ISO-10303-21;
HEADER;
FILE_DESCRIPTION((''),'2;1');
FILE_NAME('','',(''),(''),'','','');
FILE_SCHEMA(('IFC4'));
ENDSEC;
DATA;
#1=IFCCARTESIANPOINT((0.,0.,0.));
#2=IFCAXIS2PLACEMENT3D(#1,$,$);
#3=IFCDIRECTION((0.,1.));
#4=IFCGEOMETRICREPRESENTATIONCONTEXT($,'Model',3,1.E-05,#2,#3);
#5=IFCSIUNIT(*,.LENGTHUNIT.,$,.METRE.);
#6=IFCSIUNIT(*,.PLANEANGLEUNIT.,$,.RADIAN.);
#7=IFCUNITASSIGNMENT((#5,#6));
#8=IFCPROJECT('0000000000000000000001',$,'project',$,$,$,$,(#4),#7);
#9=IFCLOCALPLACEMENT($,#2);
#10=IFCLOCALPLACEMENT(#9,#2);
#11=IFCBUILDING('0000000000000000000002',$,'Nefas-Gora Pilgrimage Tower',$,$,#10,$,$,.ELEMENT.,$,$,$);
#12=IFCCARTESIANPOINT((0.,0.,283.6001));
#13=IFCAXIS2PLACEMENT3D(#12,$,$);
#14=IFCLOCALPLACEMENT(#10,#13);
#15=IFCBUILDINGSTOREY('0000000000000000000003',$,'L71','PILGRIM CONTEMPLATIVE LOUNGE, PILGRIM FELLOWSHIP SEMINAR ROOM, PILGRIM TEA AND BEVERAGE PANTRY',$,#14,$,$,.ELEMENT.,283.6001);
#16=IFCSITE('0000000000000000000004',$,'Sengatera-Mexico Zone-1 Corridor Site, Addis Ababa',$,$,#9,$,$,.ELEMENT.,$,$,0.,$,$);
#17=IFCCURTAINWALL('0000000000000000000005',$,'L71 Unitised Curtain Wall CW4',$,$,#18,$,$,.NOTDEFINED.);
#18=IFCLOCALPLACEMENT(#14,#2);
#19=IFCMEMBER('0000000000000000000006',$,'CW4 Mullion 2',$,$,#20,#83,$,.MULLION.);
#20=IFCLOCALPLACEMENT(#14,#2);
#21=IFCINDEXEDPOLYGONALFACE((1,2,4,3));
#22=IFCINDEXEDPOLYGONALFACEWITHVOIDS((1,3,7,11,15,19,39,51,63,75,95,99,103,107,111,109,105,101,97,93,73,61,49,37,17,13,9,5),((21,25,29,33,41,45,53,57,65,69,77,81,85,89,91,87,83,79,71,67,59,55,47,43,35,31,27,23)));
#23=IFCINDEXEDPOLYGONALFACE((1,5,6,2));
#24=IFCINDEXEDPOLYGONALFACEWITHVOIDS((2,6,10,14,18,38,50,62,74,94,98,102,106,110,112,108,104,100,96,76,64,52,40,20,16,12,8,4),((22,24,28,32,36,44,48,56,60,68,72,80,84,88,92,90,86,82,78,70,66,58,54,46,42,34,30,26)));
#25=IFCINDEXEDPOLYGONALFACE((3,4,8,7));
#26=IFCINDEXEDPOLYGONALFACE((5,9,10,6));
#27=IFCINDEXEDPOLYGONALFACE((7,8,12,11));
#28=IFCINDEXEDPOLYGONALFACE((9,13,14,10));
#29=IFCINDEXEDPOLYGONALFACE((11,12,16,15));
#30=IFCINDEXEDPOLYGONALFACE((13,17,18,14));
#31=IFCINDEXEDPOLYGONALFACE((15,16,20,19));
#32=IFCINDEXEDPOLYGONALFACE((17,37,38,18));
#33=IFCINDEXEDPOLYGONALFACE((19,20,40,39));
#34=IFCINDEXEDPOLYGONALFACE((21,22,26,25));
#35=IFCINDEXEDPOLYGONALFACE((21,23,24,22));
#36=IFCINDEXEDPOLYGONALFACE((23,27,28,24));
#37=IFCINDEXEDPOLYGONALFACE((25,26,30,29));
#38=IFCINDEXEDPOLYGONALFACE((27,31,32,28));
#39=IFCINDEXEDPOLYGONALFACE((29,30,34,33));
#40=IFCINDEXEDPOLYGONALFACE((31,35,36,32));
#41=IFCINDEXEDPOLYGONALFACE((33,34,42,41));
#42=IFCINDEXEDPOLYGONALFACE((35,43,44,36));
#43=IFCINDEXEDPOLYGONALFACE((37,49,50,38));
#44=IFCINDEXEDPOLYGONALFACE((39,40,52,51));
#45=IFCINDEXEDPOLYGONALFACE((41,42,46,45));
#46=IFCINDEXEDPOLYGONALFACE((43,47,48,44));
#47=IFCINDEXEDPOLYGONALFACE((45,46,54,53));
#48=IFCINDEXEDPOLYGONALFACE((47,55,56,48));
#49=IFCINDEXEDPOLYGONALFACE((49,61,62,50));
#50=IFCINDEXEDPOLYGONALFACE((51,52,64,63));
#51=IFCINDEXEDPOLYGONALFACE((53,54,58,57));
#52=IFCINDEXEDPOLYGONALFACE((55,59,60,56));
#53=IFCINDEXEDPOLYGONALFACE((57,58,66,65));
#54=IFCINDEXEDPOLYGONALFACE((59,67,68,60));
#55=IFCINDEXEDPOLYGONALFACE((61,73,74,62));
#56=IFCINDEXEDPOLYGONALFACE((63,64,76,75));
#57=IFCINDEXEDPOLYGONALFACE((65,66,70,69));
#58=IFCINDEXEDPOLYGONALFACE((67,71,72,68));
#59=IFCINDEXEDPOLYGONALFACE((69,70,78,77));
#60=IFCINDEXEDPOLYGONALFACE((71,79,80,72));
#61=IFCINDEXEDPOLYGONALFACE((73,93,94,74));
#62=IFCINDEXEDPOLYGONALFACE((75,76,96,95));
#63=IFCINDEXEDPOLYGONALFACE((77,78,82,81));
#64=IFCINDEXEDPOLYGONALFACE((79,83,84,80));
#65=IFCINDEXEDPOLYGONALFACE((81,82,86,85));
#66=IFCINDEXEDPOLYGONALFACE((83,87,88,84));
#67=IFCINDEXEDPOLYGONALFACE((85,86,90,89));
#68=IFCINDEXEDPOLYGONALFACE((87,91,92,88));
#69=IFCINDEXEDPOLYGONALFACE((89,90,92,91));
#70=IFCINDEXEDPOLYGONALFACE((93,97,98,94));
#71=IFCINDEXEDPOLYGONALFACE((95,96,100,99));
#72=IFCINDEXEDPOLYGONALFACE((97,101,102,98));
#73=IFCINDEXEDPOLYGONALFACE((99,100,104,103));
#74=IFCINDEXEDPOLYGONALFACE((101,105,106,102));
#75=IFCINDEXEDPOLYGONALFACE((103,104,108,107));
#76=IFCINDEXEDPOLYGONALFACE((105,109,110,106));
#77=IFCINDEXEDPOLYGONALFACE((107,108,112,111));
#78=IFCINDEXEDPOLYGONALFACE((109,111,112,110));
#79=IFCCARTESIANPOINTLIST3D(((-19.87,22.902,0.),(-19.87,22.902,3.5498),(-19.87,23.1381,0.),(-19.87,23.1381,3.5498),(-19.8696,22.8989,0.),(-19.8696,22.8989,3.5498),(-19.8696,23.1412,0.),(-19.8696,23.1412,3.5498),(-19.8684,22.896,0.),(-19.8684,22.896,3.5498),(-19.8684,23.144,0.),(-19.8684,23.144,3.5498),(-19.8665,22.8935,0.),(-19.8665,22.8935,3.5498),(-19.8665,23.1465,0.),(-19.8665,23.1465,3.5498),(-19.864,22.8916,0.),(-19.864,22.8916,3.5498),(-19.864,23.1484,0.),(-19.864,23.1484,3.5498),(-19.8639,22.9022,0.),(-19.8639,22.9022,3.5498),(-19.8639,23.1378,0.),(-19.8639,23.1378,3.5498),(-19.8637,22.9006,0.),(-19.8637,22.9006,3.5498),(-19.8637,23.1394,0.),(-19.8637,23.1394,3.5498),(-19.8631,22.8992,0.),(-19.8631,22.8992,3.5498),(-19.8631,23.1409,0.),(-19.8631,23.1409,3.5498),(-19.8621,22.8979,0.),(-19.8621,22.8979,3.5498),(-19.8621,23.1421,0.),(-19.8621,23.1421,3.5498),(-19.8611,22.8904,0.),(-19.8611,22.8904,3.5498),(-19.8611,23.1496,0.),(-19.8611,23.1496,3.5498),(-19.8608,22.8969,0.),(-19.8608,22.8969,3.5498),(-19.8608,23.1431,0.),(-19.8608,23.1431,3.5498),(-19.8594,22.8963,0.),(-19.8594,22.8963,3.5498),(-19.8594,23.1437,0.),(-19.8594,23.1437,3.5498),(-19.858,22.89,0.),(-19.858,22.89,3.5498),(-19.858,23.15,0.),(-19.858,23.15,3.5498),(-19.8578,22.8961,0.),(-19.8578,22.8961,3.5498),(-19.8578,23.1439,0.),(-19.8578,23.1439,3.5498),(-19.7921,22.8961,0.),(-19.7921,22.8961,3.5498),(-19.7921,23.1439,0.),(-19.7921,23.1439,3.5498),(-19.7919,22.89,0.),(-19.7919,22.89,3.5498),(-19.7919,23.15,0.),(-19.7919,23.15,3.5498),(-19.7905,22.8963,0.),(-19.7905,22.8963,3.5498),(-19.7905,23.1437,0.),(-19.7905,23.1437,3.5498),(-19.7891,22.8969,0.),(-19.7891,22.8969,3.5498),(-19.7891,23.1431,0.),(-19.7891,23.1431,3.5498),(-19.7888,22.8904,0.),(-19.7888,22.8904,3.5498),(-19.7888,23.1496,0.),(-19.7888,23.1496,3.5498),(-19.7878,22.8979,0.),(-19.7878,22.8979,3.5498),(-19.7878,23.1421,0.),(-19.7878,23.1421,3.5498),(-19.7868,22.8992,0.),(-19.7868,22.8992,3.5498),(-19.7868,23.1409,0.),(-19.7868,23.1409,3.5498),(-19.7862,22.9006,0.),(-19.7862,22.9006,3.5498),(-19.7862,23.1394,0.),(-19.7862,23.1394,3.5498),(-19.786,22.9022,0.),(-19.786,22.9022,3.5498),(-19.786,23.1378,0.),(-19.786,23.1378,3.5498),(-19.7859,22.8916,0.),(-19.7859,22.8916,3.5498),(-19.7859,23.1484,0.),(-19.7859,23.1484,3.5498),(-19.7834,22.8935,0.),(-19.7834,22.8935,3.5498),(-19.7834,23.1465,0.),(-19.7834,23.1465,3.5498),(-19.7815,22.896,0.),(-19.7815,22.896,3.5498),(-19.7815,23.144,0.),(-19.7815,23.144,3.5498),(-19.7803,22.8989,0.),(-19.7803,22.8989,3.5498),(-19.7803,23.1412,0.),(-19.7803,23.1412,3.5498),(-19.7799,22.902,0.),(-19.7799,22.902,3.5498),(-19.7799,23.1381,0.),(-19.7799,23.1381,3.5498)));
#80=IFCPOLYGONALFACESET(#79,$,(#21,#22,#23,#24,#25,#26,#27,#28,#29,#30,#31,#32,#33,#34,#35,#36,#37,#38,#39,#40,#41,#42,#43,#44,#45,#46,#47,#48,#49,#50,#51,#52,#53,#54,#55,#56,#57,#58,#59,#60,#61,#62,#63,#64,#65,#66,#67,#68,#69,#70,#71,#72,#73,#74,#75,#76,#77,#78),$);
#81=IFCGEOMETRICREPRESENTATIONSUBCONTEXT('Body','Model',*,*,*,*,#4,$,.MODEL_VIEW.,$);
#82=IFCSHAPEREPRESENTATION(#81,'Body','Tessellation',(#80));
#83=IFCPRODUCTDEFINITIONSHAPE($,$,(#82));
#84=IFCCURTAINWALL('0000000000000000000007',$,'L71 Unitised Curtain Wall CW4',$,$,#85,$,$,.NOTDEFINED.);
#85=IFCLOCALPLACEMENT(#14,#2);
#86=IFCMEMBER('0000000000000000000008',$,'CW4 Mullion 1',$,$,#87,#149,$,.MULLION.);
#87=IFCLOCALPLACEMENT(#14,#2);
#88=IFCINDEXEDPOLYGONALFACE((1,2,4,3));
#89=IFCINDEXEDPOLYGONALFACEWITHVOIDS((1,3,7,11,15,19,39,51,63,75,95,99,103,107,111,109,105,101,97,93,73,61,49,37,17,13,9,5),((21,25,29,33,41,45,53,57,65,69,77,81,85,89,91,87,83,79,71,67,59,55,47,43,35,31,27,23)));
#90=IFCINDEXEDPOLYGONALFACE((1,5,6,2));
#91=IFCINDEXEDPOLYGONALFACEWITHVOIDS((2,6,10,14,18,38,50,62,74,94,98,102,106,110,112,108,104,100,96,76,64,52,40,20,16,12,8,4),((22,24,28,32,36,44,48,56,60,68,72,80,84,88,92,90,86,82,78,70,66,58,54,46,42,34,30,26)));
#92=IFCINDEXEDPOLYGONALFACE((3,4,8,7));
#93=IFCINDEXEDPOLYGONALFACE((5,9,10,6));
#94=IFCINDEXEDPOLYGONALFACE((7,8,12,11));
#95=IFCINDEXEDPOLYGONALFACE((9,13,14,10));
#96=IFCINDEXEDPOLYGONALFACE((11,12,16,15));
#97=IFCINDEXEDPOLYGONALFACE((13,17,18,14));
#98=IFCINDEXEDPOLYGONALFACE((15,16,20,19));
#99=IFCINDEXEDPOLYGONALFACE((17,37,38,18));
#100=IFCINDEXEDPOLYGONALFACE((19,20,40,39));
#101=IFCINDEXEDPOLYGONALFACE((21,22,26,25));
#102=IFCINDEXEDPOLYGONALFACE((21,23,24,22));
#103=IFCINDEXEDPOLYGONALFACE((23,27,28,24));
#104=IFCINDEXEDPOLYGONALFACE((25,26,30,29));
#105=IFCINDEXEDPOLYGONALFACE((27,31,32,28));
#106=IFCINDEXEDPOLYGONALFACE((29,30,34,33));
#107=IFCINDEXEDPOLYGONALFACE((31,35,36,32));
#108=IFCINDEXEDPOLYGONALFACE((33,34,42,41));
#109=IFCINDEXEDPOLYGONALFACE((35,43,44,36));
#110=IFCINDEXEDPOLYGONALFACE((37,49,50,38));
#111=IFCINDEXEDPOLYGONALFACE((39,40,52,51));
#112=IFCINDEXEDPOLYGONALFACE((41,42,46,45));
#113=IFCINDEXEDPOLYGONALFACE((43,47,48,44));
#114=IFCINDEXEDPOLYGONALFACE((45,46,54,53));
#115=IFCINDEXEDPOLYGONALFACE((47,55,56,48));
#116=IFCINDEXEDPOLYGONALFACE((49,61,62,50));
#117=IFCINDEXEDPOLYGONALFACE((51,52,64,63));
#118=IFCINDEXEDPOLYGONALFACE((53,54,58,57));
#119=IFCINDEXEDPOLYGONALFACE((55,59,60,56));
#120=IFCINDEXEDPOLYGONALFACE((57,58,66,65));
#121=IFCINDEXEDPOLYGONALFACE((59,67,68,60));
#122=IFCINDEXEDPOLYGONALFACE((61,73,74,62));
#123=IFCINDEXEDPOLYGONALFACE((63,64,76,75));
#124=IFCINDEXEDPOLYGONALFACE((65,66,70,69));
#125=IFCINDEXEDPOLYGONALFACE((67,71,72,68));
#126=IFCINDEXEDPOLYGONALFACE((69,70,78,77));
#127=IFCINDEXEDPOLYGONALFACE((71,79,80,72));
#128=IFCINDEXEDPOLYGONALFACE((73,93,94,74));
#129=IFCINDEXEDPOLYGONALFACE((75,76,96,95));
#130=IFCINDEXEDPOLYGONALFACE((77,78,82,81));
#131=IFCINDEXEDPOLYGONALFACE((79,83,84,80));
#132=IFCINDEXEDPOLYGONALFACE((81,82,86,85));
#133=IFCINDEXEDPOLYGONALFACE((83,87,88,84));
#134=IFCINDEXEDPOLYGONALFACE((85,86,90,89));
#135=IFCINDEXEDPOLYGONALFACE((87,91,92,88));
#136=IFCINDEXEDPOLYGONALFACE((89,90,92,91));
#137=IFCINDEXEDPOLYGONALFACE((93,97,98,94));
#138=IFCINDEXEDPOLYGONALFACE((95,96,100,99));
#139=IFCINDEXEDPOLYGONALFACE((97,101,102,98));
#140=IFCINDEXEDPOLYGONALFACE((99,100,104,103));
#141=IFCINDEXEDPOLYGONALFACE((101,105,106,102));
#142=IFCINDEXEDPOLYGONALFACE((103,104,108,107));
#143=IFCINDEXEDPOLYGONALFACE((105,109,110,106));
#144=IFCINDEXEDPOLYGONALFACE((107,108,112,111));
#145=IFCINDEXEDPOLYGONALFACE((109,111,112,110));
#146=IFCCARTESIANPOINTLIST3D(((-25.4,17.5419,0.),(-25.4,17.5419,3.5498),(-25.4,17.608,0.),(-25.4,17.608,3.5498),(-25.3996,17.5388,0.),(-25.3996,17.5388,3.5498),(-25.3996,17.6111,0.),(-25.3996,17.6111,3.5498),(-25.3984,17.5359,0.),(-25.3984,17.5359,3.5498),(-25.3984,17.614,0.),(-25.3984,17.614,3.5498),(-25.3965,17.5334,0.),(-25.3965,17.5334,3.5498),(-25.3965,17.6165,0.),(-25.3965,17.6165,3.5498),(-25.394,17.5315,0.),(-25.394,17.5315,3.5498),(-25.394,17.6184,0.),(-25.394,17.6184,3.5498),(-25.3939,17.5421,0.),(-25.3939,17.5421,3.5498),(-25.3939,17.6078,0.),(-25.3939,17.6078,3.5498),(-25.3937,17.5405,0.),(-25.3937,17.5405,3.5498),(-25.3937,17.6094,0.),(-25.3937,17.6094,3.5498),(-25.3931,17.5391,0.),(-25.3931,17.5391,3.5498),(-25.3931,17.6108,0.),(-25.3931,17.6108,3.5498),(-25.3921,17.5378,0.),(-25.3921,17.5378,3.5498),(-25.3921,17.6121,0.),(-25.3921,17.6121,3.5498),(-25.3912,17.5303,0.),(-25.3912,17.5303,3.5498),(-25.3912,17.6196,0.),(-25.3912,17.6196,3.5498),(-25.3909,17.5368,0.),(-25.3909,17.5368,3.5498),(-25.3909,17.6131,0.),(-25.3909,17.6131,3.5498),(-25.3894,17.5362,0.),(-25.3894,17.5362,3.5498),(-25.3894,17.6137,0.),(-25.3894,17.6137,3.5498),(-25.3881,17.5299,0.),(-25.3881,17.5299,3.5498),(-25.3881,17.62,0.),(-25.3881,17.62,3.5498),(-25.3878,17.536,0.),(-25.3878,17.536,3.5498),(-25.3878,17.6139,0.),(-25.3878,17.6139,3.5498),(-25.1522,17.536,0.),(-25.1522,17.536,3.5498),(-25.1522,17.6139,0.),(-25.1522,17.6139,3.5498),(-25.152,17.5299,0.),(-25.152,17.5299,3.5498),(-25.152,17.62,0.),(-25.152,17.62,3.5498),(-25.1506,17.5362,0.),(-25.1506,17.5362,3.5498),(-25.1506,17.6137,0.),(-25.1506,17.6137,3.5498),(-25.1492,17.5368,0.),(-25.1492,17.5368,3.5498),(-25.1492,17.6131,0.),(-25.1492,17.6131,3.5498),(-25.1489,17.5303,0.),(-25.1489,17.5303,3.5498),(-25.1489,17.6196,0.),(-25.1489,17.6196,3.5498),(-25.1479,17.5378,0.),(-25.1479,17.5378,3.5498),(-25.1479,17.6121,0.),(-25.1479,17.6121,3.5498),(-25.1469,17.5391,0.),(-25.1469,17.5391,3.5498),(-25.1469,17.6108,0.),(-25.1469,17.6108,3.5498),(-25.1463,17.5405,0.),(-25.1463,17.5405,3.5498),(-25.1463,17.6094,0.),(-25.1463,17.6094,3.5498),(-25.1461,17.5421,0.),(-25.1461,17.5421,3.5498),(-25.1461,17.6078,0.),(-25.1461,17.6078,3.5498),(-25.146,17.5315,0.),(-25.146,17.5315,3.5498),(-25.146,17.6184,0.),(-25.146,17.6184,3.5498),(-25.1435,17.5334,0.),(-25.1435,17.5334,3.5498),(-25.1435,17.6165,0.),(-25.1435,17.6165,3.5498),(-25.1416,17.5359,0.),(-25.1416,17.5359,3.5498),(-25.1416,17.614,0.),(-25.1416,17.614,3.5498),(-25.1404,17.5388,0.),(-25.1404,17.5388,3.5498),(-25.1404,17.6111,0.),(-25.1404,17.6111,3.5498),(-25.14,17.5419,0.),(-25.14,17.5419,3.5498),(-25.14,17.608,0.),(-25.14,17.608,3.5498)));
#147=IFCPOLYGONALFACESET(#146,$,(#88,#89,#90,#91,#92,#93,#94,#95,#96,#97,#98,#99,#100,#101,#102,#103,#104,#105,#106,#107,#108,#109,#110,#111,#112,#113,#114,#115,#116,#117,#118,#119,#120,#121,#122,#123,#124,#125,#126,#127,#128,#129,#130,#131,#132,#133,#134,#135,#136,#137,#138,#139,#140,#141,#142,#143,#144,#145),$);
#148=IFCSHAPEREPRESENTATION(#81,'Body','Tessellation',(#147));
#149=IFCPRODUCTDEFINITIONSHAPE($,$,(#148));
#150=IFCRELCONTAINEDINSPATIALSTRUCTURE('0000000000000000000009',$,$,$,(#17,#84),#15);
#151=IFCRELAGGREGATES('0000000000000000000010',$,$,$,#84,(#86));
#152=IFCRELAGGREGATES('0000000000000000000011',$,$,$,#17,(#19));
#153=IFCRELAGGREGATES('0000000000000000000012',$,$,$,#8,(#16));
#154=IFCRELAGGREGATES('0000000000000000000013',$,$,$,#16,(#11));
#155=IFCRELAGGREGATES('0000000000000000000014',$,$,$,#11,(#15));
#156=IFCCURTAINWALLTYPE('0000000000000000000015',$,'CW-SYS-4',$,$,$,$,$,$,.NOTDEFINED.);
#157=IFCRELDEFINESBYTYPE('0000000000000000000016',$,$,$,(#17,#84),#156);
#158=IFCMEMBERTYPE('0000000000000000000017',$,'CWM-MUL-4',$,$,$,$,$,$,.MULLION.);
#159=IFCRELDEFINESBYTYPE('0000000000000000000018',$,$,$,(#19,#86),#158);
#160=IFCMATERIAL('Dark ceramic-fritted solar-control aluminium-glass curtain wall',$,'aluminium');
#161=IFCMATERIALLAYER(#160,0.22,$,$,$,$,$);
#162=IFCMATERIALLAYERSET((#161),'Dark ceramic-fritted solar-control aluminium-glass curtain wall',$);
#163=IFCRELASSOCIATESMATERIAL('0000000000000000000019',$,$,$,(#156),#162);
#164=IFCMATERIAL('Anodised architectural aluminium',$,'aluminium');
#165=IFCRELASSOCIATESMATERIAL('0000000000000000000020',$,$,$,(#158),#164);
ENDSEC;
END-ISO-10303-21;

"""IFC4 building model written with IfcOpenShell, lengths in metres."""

from ifc_helpers import new_model, si_unit, direction, frame, origin, origin_2d, place, context, subcontext, project, spatial, hollow_rectangle, extrude, source, transform, mapped, material, layer, layer_set, material_profile, profile_set, type_object, element, aggregate, save


model = new_model("IFC4")

# Units and contexts
model_context = context("Model", 3, precision=1e-05, world=origin(), true_north=direction((0.0, 1.0)))
body_context = subcontext(model_context, "Body", "Model", "MODEL_VIEW")
ifc_project = project(units=[si_unit("LENGTHUNIT", "METRE"), si_unit("PLANEANGLEUNIT", "RADIAN")], contexts=[model_context])

# Site, building, storey
site_placement = place(None, origin())
site = spatial("IfcSite", under=ifc_project, at=site_placement, Name="Sengatera-Mexico Zone-1 Corridor Site, Addis Ababa", CompositionType="ELEMENT", RefElevation=0.0)
building_placement = place(site_placement, origin())
building = spatial("IfcBuilding", under=site, at=building_placement, Name="Nefas-Gora Pilgrimage Tower", CompositionType="ELEMENT")
storey_placement = place(building_placement, frame((0.0, 0.0, 283.6001)))
storey = spatial("IfcBuildingStorey", under=building, at=storey_placement, Name="L71", Description="PILGRIM CONTEMPLATIVE LOUNGE, PILGRIM FELLOWSHIP SEMINAR ROOM, PILGRIM TEA AND BEVERAGE PANTRY", CompositionType="ELEMENT", Elevation=283.6001)

# Shared definitions
ifc_material_1 = material(Name="Dark ceramic-fritted solar-control aluminium-glass curtain wall", Category="aluminium")
ifc_material_2 = material(Name="Anodised architectural aluminium", Category="aluminium")

# Curtain wall, member
ifc_layer_1 = layer(ifc_material_1, 0.22)
ifc_layer_set_1 = layer_set([ifc_layer_1], Name="Dark ceramic-fritted solar-control aluminium-glass curtain wall")
curtain_wall_type_1 = type_object("IfcCurtainWallType", Name="CW-SYS-4", PredefinedType="NOTDEFINED", material=ifc_layer_set_1)
curtain_wall_1_placement = place(storey_placement, origin())
curtain_wall_1 = element("IfcCurtainWall", 1, at=curtain_wall_1_placement, inside=storey, type_object=curtain_wall_type_1, Name="L71 Unitised Curtain Wall CW4", PredefinedType="NOTDEFINED")
ifc_material_profile_1 = material_profile(ifc_material_2, hollow_rectangle(XDim=0.0901, YDim=0.26, WallThickness=0.0061, InnerFilletRadius=0.0061, OuterFilletRadius=0.012, at=origin_2d()), Name="ALU MULLION 90x260")
ifc_profile_set_1 = profile_set([ifc_material_profile_1], Name="Anodised architectural aluminium")
member_type_1 = type_object("IfcMemberType", Name="CWM-MUL-4", PredefinedType="MULLION", material=ifc_profile_set_1)
shared_shape_1 = source(origin(), body_context, "Body", "SweptSolid", [
    extrude(hollow_rectangle(XDim=0.0901, YDim=0.26, WallThickness=0.0061, InnerFilletRadius=0.0061, OuterFilletRadius=0.012, at=origin_2d()), origin(), (0.0, 0.0, 1.0), 3.5498),
])
member_1_placement = place(storey_placement, frame((-19.825, 23.02, 0.0), z_axis=(0.0, 0.0, 1.0), x_axis=(-1.0, 0.0, 0.0)))
member_1 = element("IfcMember", 2, at=member_1_placement, type_object=member_type_1, Name="CW4 Mullion 2", PredefinedType="MULLION", context=body_context, shape_type="MappedRepresentation", body=[
    mapped(shared_shape_1, transform((0.0, 0.0, 0.0), x_axis=(1.0, 0.0, 0.0), y_axis=(0.0, 1.0, 0.0), z_axis=(0.0, 0.0, 1.0), scale=1.0)),
])

# Curtain wall, member
curtain_wall_2_placement = place(storey_placement, origin())
curtain_wall_2 = element("IfcCurtainWall", 3, at=curtain_wall_2_placement, inside=storey, type_object=curtain_wall_type_1, Name="L71 Unitised Curtain Wall CW4", PredefinedType="NOTDEFINED")
member_2_placement = place(storey_placement, frame((-25.27, 17.575, 0.0), z_axis=(0.0, 0.0, 1.0), x_axis=(0.0, -1.0, 0.0)))
member_2 = element("IfcMember", 4, at=member_2_placement, type_object=member_type_1, Name="CW4 Mullion 1", PredefinedType="MULLION", context=body_context, shape_type="MappedRepresentation", body=[
    mapped(shared_shape_1, transform((0.0, 0.0, 0.0), x_axis=(1.0, 0.0, 0.0), y_axis=(0.0, 1.0, 0.0), z_axis=(0.0, 0.0, 1.0), scale=1.0)),
])

aggregate(curtain_wall_2, [member_2])

aggregate(curtain_wall_1, [member_1])

save(model, "model.ifc")
